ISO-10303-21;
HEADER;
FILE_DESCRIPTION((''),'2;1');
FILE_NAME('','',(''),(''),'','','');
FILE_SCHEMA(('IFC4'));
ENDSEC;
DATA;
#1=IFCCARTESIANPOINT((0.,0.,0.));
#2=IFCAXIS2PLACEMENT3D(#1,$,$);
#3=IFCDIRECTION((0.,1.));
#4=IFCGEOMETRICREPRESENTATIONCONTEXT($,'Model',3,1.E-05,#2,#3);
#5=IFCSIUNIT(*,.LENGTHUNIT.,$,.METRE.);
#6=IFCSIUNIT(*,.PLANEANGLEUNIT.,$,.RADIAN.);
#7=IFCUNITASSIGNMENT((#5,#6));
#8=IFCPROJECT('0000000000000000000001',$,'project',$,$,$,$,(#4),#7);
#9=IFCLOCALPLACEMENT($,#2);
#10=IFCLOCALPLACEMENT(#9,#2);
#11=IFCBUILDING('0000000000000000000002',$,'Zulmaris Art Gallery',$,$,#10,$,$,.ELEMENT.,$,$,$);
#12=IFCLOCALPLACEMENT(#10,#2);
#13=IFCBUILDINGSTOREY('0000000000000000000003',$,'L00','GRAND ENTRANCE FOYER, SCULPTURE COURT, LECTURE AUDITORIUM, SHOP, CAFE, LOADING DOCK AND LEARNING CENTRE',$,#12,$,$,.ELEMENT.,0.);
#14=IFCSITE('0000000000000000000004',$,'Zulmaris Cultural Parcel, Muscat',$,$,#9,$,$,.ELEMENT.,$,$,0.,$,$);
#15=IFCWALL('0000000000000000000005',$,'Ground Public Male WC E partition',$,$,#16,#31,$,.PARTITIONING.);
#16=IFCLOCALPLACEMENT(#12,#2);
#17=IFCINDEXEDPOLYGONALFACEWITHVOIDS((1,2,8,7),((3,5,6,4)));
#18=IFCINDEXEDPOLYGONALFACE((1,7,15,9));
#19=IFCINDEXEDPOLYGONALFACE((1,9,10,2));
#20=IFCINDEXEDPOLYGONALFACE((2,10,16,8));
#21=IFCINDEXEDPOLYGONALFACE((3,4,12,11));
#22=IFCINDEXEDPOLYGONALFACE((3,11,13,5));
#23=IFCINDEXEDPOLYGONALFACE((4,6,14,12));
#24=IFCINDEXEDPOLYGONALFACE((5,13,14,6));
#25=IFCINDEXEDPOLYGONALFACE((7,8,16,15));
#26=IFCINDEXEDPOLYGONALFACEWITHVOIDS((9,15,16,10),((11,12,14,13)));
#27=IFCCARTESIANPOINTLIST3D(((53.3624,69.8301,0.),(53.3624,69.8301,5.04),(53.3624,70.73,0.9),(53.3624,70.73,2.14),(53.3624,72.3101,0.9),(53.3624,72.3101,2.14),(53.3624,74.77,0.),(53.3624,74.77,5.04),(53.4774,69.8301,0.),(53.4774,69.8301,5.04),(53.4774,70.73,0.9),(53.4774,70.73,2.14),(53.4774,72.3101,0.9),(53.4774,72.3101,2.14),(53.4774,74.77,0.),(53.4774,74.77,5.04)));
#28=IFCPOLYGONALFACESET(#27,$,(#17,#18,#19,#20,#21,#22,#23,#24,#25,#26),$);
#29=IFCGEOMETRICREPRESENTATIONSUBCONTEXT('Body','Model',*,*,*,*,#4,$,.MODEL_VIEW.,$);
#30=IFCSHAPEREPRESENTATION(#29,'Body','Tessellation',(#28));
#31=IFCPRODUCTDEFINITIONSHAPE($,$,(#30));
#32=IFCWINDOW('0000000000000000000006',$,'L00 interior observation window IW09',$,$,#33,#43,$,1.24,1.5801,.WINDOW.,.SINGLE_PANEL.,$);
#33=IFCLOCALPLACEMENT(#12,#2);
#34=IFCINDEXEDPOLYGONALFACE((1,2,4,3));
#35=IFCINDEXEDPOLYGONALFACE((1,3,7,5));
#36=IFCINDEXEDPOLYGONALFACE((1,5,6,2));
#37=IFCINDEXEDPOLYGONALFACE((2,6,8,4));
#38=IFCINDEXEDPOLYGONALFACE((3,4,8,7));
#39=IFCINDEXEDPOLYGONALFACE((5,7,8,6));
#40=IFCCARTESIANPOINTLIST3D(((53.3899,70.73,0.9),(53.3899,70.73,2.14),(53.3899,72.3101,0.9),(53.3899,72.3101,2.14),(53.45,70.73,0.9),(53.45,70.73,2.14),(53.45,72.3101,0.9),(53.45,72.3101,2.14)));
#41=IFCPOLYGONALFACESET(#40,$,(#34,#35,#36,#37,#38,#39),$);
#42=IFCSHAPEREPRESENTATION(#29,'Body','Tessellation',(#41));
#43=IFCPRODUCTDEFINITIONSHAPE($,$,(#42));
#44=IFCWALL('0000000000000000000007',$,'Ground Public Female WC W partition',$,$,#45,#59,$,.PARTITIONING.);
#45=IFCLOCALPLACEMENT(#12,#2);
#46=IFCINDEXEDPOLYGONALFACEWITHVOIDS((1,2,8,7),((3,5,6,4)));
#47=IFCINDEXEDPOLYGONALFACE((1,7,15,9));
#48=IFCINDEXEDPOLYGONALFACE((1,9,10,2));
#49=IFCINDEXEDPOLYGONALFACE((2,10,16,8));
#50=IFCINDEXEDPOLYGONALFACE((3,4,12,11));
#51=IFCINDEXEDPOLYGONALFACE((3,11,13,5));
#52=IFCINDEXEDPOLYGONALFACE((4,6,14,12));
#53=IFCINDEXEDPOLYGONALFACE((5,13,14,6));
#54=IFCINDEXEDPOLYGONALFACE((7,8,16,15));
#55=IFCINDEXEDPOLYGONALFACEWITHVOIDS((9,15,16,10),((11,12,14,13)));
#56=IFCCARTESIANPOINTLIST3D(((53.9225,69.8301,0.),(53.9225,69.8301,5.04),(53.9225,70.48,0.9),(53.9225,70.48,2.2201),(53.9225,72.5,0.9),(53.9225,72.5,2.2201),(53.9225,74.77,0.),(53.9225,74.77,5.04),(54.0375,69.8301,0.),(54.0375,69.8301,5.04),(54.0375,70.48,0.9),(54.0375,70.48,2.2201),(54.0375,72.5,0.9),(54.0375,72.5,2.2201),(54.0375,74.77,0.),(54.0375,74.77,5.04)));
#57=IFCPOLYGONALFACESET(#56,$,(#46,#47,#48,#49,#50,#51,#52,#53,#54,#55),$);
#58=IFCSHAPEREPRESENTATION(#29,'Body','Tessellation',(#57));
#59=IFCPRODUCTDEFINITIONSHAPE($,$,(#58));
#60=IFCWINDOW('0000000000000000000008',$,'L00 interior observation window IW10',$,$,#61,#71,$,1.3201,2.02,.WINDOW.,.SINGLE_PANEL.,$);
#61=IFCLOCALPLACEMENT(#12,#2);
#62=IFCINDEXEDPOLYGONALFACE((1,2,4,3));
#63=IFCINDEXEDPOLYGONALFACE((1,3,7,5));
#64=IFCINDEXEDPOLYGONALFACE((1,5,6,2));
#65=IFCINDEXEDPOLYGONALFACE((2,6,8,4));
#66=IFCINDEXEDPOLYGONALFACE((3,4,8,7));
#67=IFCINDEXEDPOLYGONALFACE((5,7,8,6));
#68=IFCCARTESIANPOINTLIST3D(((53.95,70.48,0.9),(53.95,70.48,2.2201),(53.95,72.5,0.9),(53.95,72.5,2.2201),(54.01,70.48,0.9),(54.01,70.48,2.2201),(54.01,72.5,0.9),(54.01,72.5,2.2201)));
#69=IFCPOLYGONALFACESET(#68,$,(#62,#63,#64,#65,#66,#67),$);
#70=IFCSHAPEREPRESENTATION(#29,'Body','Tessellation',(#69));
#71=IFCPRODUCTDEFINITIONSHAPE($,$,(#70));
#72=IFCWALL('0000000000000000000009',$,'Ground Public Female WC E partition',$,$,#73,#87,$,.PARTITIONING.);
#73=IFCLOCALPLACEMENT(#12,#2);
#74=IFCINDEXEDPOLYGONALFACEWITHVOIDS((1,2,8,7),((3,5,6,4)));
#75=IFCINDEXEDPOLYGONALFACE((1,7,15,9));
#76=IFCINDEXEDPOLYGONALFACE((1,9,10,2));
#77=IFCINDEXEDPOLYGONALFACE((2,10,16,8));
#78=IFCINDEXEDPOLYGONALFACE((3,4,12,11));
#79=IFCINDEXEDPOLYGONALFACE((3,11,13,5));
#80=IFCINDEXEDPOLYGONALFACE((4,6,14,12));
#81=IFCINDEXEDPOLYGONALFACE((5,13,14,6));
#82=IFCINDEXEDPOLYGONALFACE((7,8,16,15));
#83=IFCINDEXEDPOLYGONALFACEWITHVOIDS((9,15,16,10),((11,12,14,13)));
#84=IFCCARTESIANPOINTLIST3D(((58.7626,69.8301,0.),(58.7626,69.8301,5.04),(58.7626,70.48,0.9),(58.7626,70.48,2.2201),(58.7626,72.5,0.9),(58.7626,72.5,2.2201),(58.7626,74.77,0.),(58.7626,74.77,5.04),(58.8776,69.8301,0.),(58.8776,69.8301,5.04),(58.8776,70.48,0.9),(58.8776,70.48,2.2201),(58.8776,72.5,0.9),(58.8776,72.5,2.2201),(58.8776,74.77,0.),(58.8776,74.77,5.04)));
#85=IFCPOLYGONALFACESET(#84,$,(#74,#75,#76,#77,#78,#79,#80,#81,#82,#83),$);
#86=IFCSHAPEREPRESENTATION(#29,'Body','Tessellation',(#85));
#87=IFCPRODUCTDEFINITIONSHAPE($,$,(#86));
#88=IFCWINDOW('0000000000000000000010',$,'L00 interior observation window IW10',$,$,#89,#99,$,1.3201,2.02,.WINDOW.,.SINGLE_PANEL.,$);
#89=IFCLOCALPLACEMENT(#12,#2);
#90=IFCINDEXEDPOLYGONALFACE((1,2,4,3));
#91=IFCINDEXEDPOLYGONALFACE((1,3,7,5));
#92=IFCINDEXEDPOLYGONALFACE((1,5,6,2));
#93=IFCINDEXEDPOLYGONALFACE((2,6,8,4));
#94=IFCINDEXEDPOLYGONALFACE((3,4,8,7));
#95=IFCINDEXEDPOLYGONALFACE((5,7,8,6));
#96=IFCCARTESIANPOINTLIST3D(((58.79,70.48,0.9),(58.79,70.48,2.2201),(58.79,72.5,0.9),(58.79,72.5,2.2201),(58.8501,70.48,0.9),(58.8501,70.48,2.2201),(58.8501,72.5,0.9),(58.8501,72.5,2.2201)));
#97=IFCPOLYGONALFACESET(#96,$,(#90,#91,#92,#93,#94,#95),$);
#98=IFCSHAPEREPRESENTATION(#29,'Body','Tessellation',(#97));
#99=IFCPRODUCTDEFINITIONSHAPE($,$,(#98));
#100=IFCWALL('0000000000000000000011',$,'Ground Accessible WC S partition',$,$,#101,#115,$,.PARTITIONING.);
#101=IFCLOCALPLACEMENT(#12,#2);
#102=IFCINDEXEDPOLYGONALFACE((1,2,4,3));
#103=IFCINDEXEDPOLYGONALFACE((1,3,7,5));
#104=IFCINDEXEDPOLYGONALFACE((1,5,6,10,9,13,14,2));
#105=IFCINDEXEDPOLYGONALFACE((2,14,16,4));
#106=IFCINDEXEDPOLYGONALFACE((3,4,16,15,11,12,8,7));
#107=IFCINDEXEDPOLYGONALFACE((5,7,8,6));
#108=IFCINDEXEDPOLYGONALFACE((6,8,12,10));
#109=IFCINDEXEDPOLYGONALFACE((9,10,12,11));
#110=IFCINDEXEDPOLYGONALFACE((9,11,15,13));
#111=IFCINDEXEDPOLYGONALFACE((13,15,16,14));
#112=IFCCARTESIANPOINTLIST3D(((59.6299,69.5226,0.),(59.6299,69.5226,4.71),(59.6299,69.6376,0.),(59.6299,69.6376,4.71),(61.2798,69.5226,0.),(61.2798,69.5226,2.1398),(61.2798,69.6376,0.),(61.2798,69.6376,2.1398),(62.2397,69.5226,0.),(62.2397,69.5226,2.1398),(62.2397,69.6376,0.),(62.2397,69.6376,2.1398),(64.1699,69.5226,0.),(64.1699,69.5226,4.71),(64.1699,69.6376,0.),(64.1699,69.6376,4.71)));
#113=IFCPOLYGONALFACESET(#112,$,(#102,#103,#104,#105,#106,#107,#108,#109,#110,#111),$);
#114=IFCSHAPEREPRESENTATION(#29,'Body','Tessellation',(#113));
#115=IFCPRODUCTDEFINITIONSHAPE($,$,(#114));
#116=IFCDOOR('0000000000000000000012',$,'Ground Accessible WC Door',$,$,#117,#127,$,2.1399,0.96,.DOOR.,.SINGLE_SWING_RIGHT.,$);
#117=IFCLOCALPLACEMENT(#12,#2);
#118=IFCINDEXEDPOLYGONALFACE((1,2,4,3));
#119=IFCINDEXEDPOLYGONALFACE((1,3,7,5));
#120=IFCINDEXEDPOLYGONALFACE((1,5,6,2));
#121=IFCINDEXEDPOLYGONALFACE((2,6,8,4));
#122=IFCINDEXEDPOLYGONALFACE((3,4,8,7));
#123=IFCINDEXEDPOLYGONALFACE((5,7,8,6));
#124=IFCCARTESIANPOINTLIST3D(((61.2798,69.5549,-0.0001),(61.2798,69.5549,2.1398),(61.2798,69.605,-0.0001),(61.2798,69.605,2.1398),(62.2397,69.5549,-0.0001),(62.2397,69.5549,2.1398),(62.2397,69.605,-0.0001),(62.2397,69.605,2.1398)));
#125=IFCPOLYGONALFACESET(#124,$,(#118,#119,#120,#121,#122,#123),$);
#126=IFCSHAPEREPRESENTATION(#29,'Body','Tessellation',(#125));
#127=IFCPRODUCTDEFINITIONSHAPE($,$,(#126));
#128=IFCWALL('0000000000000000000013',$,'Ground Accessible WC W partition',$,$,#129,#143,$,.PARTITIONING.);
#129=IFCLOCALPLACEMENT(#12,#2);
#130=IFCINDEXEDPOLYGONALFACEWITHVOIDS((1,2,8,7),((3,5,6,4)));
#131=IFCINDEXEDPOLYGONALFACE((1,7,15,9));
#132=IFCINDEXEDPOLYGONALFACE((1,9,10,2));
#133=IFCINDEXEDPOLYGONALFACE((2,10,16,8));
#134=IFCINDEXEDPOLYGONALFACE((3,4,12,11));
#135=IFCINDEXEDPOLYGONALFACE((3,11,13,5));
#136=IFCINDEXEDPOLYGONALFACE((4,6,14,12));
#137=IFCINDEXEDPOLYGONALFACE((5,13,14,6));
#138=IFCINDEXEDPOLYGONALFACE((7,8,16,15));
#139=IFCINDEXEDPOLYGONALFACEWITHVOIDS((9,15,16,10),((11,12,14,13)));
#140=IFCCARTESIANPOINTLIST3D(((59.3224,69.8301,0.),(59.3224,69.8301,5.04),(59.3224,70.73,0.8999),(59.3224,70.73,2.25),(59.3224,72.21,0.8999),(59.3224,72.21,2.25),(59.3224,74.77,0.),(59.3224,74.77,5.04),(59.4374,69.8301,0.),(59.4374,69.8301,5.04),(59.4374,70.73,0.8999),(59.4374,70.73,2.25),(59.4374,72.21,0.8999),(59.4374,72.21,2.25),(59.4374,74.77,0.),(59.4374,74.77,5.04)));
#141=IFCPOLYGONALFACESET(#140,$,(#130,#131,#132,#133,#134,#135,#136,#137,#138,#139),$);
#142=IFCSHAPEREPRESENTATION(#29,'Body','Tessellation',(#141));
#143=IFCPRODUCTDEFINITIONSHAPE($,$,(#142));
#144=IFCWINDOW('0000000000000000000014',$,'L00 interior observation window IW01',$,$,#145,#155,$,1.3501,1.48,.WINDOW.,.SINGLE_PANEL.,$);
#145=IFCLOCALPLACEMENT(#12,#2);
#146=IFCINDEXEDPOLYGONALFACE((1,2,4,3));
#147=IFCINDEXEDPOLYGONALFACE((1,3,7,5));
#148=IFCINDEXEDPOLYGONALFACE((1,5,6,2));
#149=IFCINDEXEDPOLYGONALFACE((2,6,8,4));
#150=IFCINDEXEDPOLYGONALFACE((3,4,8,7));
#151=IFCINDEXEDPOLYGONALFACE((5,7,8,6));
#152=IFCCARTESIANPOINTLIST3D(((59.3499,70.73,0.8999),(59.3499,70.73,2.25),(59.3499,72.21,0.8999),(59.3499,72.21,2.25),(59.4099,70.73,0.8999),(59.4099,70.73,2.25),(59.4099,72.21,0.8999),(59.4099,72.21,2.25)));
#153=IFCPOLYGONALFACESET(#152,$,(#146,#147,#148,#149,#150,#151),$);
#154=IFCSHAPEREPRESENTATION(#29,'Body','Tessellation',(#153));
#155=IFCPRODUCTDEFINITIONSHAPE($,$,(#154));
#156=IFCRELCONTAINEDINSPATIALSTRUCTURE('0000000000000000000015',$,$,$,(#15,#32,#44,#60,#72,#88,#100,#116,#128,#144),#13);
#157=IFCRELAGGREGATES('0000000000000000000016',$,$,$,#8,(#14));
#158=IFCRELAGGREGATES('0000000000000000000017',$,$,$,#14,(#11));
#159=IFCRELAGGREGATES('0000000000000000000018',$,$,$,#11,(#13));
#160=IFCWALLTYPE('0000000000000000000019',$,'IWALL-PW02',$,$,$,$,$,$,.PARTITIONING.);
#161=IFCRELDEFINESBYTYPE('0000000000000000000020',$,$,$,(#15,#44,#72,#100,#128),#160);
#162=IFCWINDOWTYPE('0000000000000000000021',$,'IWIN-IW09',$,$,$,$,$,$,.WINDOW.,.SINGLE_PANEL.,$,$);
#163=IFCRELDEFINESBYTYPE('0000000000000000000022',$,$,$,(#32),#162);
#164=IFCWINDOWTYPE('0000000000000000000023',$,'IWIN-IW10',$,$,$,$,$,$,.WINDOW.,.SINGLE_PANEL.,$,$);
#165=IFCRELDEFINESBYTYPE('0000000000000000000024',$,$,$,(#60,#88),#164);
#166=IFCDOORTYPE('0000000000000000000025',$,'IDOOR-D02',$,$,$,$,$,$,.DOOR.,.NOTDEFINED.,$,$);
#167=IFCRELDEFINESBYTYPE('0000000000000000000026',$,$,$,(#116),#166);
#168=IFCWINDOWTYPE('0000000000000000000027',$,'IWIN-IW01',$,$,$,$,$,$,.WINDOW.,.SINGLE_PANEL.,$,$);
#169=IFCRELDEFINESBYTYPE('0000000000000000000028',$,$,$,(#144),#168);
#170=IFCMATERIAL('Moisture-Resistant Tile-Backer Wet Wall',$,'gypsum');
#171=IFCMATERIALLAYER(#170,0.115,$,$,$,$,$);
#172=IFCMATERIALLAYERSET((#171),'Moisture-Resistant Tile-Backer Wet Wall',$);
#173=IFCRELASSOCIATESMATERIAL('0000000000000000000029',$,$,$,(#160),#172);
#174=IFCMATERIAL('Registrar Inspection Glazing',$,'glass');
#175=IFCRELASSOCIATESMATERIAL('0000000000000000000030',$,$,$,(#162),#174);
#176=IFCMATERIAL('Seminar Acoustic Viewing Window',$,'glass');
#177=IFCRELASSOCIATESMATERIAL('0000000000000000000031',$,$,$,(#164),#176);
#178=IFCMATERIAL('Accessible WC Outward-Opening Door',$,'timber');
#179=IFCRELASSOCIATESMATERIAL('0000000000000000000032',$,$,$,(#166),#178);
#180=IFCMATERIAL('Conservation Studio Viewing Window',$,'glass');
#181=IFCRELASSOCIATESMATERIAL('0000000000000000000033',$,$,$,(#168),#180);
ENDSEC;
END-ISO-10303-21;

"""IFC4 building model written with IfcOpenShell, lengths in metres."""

from ifc_helpers import new_model, si_unit, direction, frame, frame_2d, origin, place, context, subcontext, project, spatial, rectangle, extrude, material, layer, layer_set, type_object, element, fill, save


model = new_model("IFC4")

# Units and contexts
model_context = context("Model", 3, precision=1e-05, world=origin(), true_north=direction((0.0, 1.0)))
body_context = subcontext(model_context, "Body", "Model", "MODEL_VIEW")
ifc_project = project(units=[si_unit("LENGTHUNIT", "METRE"), si_unit("PLANEANGLEUNIT", "RADIAN")], contexts=[model_context])

# Site, building, storey
site_placement = place(None, origin())
site = spatial("IfcSite", under=ifc_project, at=site_placement, Name="Zulmaris Cultural Parcel, Muscat", CompositionType="ELEMENT", RefElevation=0.0)
building_placement = place(site_placement, origin())
building = spatial("IfcBuilding", under=site, at=building_placement, Name="Zulmaris Art Gallery", CompositionType="ELEMENT")
storey_placement = place(building_placement, origin())
storey = spatial("IfcBuildingStorey", under=building, at=storey_placement, Name="L00", Description="GRAND ENTRANCE FOYER, SCULPTURE COURT, LECTURE AUDITORIUM, SHOP, CAFE, LOADING DOCK AND LEARNING CENTRE", CompositionType="ELEMENT", Elevation=0.0)

# Walls, openings, windows
ifc_material_1 = material(Name="Moisture-Resistant Tile-Backer Wet Wall", Category="gypsum")
ifc_layer_1 = layer(ifc_material_1, 0.115)
ifc_layer_set_1 = layer_set([ifc_layer_1], Name="Moisture-Resistant Tile-Backer Wet Wall")
wall_type_1 = type_object("IfcWallType", Name="IWALL-PW02", PredefinedType="PARTITIONING", material=ifc_layer_set_1)
wall_1_placement = place(storey_placement, frame((53.4199, 69.8301, 0.0), z_axis=(0.0, 0.0, 1.0), x_axis=(0.0, 1.0, 0.0)))
wall_1 = element("IfcWall", 1, at=wall_1_placement, inside=storey, type_object=wall_type_1, Name="Ground Public Male WC E partition", PredefinedType="PARTITIONING", context=body_context, shape_type="SweptSolid", body=[
    extrude(rectangle(XDim=4.9399, YDim=0.115, at=frame_2d((2.47, 0.0))), origin(), (0.0, 0.0, 1.0), 5.04),
])
opening_1_placement = place(wall_1_placement, frame((0.8999, 0.0, 0.8999)))
opening_1 = element("IfcOpeningElement", 2, at=opening_1_placement, cuts=wall_1, PredefinedType="OPENING", context=body_context, shape_type="SweptSolid", body=[
    extrude(rectangle(XDim=1.5801, YDim=1.24, at=frame_2d((0.79, 0.6201))), frame((0.0, 0.0674, 0.0), z_axis=(0.0, -1.0, 0.0), x_axis=(1.0, 0.0, 0.0)), (0.0, 0.0, 1.0), 0.135),
])
ifc_material_2 = material(Name="Registrar Inspection Glazing", Category="glass")
window_type_1 = type_object("IfcWindowType", Name="IWIN-IW09", PartitioningType="SINGLE_PANEL", PredefinedType="WINDOW", material=ifc_material_2)
window_1_placement = place(opening_1_placement, origin())
window_1 = element("IfcWindow", 3, at=window_1_placement, inside=storey, type_object=window_type_1, Name="L00 interior observation window IW09", OverallHeight=1.24, OverallWidth=1.5801, PartitioningType="SINGLE_PANEL", PredefinedType="WINDOW", context=body_context, shape_type="SweptSolid", body=[
    extrude(rectangle(XDim=1.5801, YDim=1.24, at=frame_2d((0.79, 0.6201))), frame((0.0, 0.03, 0.0), z_axis=(0.0, -1.0, 0.0), x_axis=(1.0, 0.0, 0.0)), (0.0, 0.0, 1.0), 0.0601),
])
fill(opening_1, window_1)
wall_2_placement = place(storey_placement, frame((53.98, 69.8301, 0.0), z_axis=(0.0, 0.0, 1.0), x_axis=(0.0, 1.0, 0.0)))
wall_2 = element("IfcWall", 4, at=wall_2_placement, inside=storey, type_object=wall_type_1, Name="Ground Public Female WC W partition", PredefinedType="PARTITIONING", context=body_context, shape_type="SweptSolid", body=[
    extrude(rectangle(XDim=4.9399, YDim=0.115, at=frame_2d((2.47, 0.0))), origin(), (0.0, 0.0, 1.0), 5.04),
])
opening_2_placement = place(wall_2_placement, frame((0.6499, 0.0, 0.8999)))
opening_2 = element("IfcOpeningElement", 5, at=opening_2_placement, cuts=wall_2, PredefinedType="OPENING", context=body_context, shape_type="SweptSolid", body=[
    extrude(rectangle(XDim=2.02, YDim=1.3201, at=frame_2d((1.01, 0.6602))), frame((0.0, 0.0674, 0.0), z_axis=(0.0, -1.0, 0.0), x_axis=(1.0, 0.0, 0.0)), (0.0, 0.0, 1.0), 0.135),
])
ifc_material_3 = material(Name="Seminar Acoustic Viewing Window", Category="glass")
window_type_2 = type_object("IfcWindowType", Name="IWIN-IW10", PartitioningType="SINGLE_PANEL", PredefinedType="WINDOW", material=ifc_material_3)
window_2_placement = place(opening_2_placement, origin())
window_2 = element("IfcWindow", 6, at=window_2_placement, inside=storey, type_object=window_type_2, Name="L00 interior observation window IW10", OverallHeight=1.3201, OverallWidth=2.02, PartitioningType="SINGLE_PANEL", PredefinedType="WINDOW", context=body_context, shape_type="SweptSolid", body=[
    extrude(rectangle(XDim=2.02, YDim=1.3201, at=frame_2d((1.01, 0.6602))), frame((0.0, 0.03, 0.0), z_axis=(0.0, -1.0, 0.0), x_axis=(1.0, 0.0, 0.0)), (0.0, 0.0, 1.0), 0.0601),
])
fill(opening_2, window_2)
wall_3_placement = place(storey_placement, frame((58.8201, 69.8301, 0.0), z_axis=(0.0, 0.0, 1.0), x_axis=(0.0, 1.0, 0.0)))
wall_3 = element("IfcWall", 7, at=wall_3_placement, inside=storey, type_object=wall_type_1, Name="Ground Public Female WC E partition", PredefinedType="PARTITIONING", context=body_context, shape_type="SweptSolid", body=[
    extrude(rectangle(XDim=4.9399, YDim=0.115, at=frame_2d((2.47, 0.0))), origin(), (0.0, 0.0, 1.0), 5.04),
])
opening_3_placement = place(wall_3_placement, frame((0.6499, 0.0, 0.8999)))
opening_3 = element("IfcOpeningElement", 8, at=opening_3_placement, cuts=wall_3, PredefinedType="OPENING", context=body_context, shape_type="SweptSolid", body=[
    extrude(rectangle(XDim=2.02, YDim=1.3201, at=frame_2d((1.01, 0.6602))), frame((0.0, 0.0674, 0.0), z_axis=(0.0, -1.0, 0.0), x_axis=(1.0, 0.0, 0.0)), (0.0, 0.0, 1.0), 0.135),
])
window_3_placement = place(opening_3_placement, origin())
window_3 = element("IfcWindow", 9, at=window_3_placement, inside=storey, type_object=window_type_2, Name="L00 interior observation window IW10", OverallHeight=1.3201, OverallWidth=2.02, PartitioningType="SINGLE_PANEL", PredefinedType="WINDOW", context=body_context, shape_type="SweptSolid", body=[
    extrude(rectangle(XDim=2.02, YDim=1.3201, at=frame_2d((1.01, 0.6602))), frame((0.0, 0.03, 0.0), z_axis=(0.0, -1.0, 0.0), x_axis=(1.0, 0.0, 0.0)), (0.0, 0.0, 1.0), 0.0601),
])
fill(opening_3, window_3)

# Wall, opening, door
wall_4_placement = place(storey_placement, frame((59.6299, 69.5801, 0.0), z_axis=(0.0, 0.0, 1.0), x_axis=(1.0, 0.0, 0.0)))
wall_4 = element("IfcWall", 10, at=wall_4_placement, inside=storey, type_object=wall_type_1, Name="Ground Accessible WC S partition", PredefinedType="PARTITIONING", context=body_context, shape_type="SweptSolid", body=[
    extrude(rectangle(XDim=4.54, YDim=0.115, at=frame_2d((2.27, 0.0))), origin(), (0.0, 0.0, 1.0), 4.71),
])
opening_4_placement = place(wall_4_placement, frame((1.6499, 0.0, 0.0)))
opening_4 = element("IfcOpeningElement", 11, at=opening_4_placement, cuts=wall_4, PredefinedType="OPENING", context=body_context, shape_type="SweptSolid", body=[
    extrude(rectangle(XDim=0.96, YDim=2.1399, at=frame_2d((0.48, 1.0698))), frame((0.0, 0.0674, 0.0), z_axis=(0.0, -1.0, 0.0), x_axis=(1.0, 0.0, 0.0)), (0.0, 0.0, 1.0), 0.135),
])
ifc_material_4 = material(Name="Accessible WC Outward-Opening Door", Category="timber")
door_type_1 = type_object("IfcDoorType", Name="IDOOR-D02", OperationType="NOTDEFINED", PredefinedType="DOOR", material=ifc_material_4)
door_1_placement = place(opening_4_placement, origin())
door_1 = element("IfcDoor", 12, at=door_1_placement, inside=storey, type_object=door_type_1, Name="Ground Accessible WC Door", OperationType="SINGLE_SWING_RIGHT", OverallHeight=2.1399, OverallWidth=0.96, PredefinedType="DOOR", context=body_context, shape_type="SweptSolid", body=[
    extrude(rectangle(XDim=0.96, YDim=2.1399, at=frame_2d((0.48, 1.0698))), frame((0.0, 0.0249, 0.0), z_axis=(0.0, -1.0, 0.0), x_axis=(1.0, 0.0, 0.0)), (0.0, 0.0, 1.0), 0.05),
])
fill(opening_4, door_1)

# Wall, opening, window
wall_5_placement = place(storey_placement, frame((59.3799, 69.8301, 0.0), z_axis=(0.0, 0.0, 1.0), x_axis=(0.0, 1.0, 0.0)))
wall_5 = element("IfcWall", 13, at=wall_5_placement, inside=storey, type_object=wall_type_1, Name="Ground Accessible WC W partition", PredefinedType="PARTITIONING", context=body_context, shape_type="SweptSolid", body=[
    extrude(rectangle(XDim=4.9399, YDim=0.115, at=frame_2d((2.47, 0.0))), origin(), (0.0, 0.0, 1.0), 5.04),
])
opening_5_placement = place(wall_5_placement, frame((0.8999, 0.0, 0.8999)))
opening_5 = element("IfcOpeningElement", 14, at=opening_5_placement, cuts=wall_5, PredefinedType="OPENING", context=body_context, shape_type="SweptSolid", body=[
    extrude(rectangle(XDim=1.48, YDim=1.3501, at=frame_2d((0.74, 0.675))), frame((0.0, 0.0674, 0.0), z_axis=(0.0, -1.0, 0.0), x_axis=(1.0, 0.0, 0.0)), (0.0, 0.0, 1.0), 0.135),
])
ifc_material_5 = material(Name="Conservation Studio Viewing Window", Category="glass")
window_type_3 = type_object("IfcWindowType", Name="IWIN-IW01", PartitioningType="SINGLE_PANEL", PredefinedType="WINDOW", material=ifc_material_5)
window_4_placement = place(opening_5_placement, origin())
window_4 = element("IfcWindow", 15, at=window_4_placement, inside=storey, type_object=window_type_3, Name="L00 interior observation window IW01", OverallHeight=1.3501, OverallWidth=1.48, PartitioningType="SINGLE_PANEL", PredefinedType="WINDOW", context=body_context, shape_type="SweptSolid", body=[
    extrude(rectangle(XDim=1.48, YDim=1.3501, at=frame_2d((0.74, 0.675))), frame((0.0, 0.03, 0.0), z_axis=(0.0, -1.0, 0.0), x_axis=(1.0, 0.0, 0.0)), (0.0, 0.0, 1.0), 0.0601),
])
fill(opening_5, window_4)

save(model, "model.ifc")
